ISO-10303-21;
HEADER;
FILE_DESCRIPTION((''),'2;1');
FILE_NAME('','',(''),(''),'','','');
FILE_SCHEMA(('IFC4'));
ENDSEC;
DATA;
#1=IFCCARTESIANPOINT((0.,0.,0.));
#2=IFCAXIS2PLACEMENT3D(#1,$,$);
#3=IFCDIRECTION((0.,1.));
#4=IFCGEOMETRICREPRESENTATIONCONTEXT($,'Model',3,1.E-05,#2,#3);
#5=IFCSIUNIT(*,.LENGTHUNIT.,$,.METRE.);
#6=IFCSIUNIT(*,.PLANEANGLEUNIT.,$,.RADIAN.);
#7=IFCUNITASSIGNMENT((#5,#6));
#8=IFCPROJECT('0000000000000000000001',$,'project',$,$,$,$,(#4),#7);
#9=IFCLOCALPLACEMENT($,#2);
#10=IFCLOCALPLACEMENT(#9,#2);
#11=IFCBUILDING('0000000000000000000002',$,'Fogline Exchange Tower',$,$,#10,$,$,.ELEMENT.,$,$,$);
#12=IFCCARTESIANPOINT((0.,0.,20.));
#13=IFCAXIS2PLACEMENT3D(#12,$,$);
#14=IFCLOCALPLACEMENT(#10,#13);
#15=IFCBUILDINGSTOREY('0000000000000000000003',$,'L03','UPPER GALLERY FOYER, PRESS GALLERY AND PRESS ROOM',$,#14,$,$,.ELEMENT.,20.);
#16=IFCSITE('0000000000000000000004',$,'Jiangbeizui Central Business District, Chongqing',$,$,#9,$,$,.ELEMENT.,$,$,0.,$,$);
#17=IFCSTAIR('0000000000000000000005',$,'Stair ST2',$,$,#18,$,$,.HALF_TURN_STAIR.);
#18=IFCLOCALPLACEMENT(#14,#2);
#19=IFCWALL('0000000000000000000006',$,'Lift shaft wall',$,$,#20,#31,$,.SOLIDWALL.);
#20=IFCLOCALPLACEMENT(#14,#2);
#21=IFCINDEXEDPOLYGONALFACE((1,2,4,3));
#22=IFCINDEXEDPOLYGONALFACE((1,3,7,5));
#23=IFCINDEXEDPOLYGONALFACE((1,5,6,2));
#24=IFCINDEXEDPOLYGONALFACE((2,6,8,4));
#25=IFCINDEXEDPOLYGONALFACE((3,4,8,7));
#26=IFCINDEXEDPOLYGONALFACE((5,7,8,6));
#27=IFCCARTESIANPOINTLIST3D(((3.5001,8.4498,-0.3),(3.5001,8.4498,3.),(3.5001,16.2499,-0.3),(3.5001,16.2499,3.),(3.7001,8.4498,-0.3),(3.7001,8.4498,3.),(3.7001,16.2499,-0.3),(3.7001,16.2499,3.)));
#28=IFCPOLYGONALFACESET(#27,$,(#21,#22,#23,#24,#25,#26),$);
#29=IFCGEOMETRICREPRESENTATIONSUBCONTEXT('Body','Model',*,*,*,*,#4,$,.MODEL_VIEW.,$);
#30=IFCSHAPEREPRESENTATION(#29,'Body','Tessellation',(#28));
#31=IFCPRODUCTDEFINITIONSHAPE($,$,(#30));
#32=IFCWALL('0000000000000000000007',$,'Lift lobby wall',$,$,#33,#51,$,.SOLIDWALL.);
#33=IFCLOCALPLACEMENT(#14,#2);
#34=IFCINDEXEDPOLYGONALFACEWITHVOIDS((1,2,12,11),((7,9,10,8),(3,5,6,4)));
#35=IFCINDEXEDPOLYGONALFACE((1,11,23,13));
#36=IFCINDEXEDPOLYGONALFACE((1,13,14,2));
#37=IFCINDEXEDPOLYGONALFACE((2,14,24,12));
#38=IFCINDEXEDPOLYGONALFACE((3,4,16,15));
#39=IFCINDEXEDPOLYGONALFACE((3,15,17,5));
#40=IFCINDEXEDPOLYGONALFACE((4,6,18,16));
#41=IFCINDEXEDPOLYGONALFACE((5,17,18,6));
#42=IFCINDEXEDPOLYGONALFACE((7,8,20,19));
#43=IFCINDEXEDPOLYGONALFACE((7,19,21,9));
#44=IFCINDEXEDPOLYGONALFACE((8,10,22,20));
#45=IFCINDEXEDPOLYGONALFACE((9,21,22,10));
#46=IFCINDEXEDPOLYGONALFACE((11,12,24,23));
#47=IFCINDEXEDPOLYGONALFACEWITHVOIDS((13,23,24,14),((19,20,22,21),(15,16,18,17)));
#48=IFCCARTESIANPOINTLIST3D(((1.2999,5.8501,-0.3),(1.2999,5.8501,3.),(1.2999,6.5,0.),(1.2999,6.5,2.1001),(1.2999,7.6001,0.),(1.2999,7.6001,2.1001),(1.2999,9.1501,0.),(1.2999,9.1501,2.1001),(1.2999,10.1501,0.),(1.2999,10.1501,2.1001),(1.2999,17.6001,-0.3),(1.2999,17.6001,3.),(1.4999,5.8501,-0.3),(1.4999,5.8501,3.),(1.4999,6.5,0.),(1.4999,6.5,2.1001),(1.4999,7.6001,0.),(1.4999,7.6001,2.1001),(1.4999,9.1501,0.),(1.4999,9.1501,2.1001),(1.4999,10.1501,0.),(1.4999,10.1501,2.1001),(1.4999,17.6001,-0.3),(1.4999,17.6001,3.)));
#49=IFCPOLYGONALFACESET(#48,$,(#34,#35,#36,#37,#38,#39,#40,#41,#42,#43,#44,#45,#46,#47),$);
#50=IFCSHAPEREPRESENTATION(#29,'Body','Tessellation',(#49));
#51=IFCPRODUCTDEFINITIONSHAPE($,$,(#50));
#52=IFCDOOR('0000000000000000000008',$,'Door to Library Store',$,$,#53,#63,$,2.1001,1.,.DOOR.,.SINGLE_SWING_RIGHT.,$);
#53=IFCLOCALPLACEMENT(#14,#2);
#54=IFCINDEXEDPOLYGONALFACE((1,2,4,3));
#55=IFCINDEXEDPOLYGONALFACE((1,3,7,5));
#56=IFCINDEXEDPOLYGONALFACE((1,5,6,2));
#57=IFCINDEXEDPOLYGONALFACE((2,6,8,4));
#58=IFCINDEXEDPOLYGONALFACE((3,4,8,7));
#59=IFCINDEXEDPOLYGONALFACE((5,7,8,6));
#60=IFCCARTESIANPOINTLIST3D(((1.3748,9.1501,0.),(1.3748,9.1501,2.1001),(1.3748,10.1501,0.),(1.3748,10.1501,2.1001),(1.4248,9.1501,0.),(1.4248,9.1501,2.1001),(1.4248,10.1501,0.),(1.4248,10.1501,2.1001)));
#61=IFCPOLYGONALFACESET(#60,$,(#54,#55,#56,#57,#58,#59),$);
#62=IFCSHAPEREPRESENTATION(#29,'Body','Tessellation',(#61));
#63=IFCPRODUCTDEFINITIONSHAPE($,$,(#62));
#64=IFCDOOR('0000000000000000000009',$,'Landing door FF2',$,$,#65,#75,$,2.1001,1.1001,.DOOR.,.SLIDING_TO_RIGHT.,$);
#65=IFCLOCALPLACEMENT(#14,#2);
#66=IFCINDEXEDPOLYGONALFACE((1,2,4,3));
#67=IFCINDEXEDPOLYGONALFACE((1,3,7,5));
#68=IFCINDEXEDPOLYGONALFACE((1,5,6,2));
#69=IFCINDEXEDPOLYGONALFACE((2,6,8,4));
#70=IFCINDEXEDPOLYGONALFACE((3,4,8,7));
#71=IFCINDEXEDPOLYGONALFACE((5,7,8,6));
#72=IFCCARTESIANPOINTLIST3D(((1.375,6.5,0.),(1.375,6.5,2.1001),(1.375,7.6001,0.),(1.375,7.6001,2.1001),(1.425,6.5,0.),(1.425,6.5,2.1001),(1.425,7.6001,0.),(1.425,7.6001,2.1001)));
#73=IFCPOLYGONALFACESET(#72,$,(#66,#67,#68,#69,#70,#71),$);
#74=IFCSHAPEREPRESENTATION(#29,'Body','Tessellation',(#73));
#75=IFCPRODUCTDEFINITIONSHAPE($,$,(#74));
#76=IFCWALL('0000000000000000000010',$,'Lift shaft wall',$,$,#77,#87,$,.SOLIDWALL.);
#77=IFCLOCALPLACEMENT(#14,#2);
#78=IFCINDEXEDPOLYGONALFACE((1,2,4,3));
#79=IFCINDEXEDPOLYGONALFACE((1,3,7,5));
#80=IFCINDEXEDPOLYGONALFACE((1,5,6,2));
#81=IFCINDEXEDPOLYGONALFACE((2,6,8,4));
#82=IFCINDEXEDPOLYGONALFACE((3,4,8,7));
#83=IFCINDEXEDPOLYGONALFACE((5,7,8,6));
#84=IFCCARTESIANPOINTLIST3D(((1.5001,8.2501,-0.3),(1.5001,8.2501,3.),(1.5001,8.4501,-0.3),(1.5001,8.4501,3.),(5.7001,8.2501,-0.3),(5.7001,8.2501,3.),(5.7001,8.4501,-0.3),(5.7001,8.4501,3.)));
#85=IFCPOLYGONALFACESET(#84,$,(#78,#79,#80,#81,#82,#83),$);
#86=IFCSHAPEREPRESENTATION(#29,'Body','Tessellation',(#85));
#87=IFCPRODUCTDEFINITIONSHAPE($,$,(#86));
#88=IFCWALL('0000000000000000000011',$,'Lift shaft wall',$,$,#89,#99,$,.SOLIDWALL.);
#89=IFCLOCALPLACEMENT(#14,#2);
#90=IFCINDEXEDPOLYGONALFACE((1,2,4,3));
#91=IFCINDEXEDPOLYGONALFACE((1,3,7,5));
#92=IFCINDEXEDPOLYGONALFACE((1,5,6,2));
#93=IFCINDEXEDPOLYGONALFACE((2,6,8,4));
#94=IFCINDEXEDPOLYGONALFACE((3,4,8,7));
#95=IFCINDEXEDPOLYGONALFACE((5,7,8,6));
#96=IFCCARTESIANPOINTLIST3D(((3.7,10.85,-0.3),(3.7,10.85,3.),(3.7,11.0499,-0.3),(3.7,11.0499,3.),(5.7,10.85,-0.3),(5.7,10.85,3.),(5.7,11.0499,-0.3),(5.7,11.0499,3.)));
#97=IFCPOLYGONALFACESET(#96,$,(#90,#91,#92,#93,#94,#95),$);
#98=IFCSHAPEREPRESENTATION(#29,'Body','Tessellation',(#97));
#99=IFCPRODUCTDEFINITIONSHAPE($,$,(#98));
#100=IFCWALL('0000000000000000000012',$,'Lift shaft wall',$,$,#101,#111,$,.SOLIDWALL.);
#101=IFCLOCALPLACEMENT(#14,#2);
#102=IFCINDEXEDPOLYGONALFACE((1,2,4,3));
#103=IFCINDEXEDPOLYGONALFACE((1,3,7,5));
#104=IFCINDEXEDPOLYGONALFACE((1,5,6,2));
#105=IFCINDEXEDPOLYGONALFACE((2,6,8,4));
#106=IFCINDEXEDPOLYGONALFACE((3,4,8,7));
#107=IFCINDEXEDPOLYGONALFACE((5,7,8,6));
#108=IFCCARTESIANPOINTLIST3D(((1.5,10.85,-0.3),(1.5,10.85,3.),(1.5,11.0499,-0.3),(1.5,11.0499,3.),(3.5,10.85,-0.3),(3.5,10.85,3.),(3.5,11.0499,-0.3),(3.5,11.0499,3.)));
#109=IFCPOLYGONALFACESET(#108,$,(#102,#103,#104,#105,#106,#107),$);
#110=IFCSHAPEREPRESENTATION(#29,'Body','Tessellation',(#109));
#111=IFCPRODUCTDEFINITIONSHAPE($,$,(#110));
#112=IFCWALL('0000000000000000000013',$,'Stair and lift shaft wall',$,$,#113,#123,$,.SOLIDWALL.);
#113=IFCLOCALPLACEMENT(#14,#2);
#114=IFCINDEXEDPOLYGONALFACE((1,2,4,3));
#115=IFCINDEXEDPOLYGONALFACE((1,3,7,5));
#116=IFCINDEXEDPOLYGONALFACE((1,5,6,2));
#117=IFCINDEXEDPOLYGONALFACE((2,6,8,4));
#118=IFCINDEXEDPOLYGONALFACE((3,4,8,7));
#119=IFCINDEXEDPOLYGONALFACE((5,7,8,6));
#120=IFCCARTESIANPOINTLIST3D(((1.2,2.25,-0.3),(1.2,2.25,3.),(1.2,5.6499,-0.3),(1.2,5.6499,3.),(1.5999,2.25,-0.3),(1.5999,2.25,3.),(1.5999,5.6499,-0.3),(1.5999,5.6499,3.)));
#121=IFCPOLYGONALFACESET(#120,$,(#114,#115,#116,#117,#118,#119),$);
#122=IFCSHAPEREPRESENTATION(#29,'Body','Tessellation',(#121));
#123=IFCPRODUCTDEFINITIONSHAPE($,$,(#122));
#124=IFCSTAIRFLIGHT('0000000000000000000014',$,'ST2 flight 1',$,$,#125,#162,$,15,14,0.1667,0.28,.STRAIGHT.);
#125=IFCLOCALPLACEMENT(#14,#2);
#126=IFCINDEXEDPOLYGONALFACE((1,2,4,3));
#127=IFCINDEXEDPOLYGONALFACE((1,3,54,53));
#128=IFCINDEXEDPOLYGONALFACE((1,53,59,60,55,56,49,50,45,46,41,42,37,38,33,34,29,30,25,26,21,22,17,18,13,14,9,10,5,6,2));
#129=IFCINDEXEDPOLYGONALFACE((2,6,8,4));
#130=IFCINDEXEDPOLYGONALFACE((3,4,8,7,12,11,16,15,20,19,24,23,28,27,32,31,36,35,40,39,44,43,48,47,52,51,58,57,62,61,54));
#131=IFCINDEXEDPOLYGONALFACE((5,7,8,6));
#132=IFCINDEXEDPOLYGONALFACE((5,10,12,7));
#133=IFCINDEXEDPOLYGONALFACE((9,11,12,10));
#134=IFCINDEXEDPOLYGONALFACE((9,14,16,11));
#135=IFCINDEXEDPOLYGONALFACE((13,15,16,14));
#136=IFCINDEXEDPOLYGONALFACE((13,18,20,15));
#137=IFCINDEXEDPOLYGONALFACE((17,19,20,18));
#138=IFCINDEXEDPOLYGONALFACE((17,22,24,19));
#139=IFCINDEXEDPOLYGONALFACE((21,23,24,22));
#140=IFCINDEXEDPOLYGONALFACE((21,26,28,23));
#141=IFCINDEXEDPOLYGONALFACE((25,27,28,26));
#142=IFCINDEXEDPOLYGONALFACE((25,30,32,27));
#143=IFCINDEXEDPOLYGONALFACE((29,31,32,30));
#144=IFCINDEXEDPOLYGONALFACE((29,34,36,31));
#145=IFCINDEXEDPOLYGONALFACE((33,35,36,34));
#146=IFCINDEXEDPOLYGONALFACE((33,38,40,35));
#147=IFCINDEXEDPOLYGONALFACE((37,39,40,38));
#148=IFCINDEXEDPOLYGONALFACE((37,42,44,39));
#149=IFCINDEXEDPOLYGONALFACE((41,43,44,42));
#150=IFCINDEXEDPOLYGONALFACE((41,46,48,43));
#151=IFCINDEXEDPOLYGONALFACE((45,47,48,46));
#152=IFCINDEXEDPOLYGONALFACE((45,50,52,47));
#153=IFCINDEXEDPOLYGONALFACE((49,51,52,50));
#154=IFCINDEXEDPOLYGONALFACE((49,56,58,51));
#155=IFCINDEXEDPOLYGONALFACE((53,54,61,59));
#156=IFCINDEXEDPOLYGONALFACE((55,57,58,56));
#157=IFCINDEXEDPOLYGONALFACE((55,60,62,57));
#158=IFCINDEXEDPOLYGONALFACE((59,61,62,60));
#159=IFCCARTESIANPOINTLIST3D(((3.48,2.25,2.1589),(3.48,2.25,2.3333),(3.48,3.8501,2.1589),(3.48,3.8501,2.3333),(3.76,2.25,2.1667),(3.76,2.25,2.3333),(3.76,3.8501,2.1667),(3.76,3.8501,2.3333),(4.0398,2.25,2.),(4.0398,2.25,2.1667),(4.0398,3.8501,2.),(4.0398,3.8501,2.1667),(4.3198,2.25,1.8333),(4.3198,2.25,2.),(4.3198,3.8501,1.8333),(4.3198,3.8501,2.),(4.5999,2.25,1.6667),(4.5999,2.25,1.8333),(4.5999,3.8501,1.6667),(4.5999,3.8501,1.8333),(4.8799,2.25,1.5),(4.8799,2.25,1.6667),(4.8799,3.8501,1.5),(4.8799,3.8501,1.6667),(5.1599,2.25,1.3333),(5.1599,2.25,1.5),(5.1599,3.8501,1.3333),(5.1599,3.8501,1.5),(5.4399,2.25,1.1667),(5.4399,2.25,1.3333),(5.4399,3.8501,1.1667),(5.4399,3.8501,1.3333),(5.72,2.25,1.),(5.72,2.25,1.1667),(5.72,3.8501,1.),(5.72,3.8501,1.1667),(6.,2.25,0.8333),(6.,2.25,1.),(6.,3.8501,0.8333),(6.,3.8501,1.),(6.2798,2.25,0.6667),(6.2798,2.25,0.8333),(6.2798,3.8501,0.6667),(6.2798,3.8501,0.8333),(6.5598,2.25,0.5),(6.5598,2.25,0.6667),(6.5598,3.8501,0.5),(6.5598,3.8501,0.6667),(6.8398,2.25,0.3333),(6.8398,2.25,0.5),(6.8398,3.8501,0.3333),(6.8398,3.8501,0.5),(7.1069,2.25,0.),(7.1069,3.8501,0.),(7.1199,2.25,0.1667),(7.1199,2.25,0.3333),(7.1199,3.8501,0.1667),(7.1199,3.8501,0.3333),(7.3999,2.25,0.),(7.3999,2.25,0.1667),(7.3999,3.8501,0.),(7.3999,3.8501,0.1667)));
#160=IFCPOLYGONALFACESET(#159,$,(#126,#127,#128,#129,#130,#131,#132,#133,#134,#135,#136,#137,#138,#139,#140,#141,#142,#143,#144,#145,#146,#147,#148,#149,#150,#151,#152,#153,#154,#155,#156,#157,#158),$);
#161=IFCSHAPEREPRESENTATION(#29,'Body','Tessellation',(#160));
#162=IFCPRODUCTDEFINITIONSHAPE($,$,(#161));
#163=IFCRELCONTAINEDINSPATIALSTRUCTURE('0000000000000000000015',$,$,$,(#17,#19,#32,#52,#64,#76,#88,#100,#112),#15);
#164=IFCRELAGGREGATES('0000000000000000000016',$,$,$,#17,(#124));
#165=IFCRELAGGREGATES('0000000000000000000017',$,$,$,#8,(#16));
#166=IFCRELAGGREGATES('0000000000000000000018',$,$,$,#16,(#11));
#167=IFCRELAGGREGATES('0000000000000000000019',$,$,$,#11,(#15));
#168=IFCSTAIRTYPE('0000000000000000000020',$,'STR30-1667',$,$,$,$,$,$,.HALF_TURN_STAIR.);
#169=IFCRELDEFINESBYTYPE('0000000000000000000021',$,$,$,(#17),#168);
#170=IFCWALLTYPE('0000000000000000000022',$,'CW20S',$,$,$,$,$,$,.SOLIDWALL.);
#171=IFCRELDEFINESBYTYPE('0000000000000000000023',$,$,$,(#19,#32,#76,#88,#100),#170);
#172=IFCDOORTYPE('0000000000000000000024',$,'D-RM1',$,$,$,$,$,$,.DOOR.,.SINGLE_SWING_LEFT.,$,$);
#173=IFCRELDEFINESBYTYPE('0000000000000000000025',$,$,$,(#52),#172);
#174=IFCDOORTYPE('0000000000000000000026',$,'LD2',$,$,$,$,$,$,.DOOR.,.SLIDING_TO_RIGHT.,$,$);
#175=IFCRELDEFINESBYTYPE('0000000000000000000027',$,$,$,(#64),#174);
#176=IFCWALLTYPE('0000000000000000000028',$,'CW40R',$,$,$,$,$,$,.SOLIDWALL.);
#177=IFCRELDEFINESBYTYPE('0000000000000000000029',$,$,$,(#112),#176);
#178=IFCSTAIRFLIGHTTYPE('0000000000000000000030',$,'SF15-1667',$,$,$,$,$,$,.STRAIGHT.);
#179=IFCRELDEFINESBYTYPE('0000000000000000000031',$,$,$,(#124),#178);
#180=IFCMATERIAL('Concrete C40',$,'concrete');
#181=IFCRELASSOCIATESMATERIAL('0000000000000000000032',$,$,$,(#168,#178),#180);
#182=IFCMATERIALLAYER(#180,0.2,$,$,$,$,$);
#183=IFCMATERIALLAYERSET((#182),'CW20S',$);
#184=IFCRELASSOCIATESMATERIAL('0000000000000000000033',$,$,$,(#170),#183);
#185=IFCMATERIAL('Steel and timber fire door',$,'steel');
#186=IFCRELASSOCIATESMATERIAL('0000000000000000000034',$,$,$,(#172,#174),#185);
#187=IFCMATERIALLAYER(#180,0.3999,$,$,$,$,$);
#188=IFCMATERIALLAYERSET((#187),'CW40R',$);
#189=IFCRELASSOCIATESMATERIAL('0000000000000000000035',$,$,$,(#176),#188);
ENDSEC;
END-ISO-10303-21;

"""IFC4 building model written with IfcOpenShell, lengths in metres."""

from ifc_helpers import new_model, si_unit, direction, frame, frame_2d, origin, place, context, subcontext, project, spatial, polyline, rectangle, outline, extrude, material, layer, layer_set, type_object, element, fill, aggregate, save


model = new_model("IFC4")

# Units and contexts
model_context = context("Model", 3, precision=1e-05, world=origin(), true_north=direction((0.0, 1.0)))
body_context = subcontext(model_context, "Body", "Model", "MODEL_VIEW")
ifc_project = project(units=[si_unit("LENGTHUNIT", "METRE"), si_unit("PLANEANGLEUNIT", "RADIAN")], contexts=[model_context])

# Site, building, storey
site_placement = place(None, origin())
site = spatial("IfcSite", under=ifc_project, at=site_placement, Name="Jiangbeizui Central Business District, Chongqing", CompositionType="ELEMENT", RefElevation=0.0)
building_placement = place(site_placement, origin())
building = spatial("IfcBuilding", under=site, at=building_placement, Name="Fogline Exchange Tower", CompositionType="ELEMENT")
storey_placement = place(building_placement, frame((0.0, 0.0, 20.0)))
storey = spatial("IfcBuildingStorey", under=building, at=storey_placement, Name="L03", Description="UPPER GALLERY FOYER, PRESS GALLERY AND PRESS ROOM", CompositionType="ELEMENT", Elevation=20.0)

# Shared definitions
ifc_material_1 = material(Name="Concrete C40", Category="concrete")

# Stair
stair_type = type_object("IfcStairType", Name="STR30-1667", PredefinedType="HALF_TURN_STAIR", material=ifc_material_1)
stair_1_placement = place(storey_placement, origin())
stair_1 = element("IfcStair", 1, at=stair_1_placement, inside=storey, type_object=stair_type, Name="Stair ST2", PredefinedType="HALF_TURN_STAIR")

# Shared definitions
ifc_material_2 = material(Name="Steel and timber fire door", Category="steel")

# Shared definitions
ifc_layer_1 = layer(ifc_material_1, 0.2)
ifc_layer_set_1 = layer_set([ifc_layer_1], Name="CW20S")
wall_type_1 = type_object("IfcWallType", Name="CW20S", PredefinedType="SOLIDWALL", material=ifc_layer_set_1)
door_type_1 = type_object("IfcDoorType", Name="D-RM1", OperationType="SINGLE_SWING_LEFT", PredefinedType="DOOR", material=ifc_material_2)

# Wall
wall_1_placement = place(storey_placement, frame((3.6001, 8.45, -0.3), z_axis=(0.0, 0.0, 1.0), x_axis=(0.0, 1.0, 0.0)))
element("IfcWall", 2, at=wall_1_placement, inside=storey, type_object=wall_type_1, Name="Lift shaft wall", PredefinedType="SOLIDWALL", context=body_context, shape_type="SweptSolid", body=[
    extrude(rectangle(XDim=7.8, YDim=0.2, at=frame_2d((3.8999, 0.0))), origin(), (0.0, 0.0, 1.0), 3.3),
])

# Wall, openings, doors
wall_2_placement = place(storey_placement, frame((1.3999, 5.8501, -0.3), z_axis=(0.0, 0.0, 1.0), x_axis=(0.0, 1.0, 0.0)))
wall_2 = element("IfcWall", 3, at=wall_2_placement, inside=storey, type_object=wall_type_1, Name="Lift lobby wall", PredefinedType="SOLIDWALL", context=body_context, shape_type="SweptSolid", body=[
    extrude(rectangle(XDim=11.75, YDim=0.2, at=frame_2d((5.875, 0.0))), origin(), (0.0, 0.0, 1.0), 3.3),
])
opening_1_placement = place(wall_2_placement, frame((0.6499, 0.0, 0.3)))
opening_1 = element("IfcOpeningElement", 4, at=opening_1_placement, cuts=wall_2, PredefinedType="OPENING", context=body_context, shape_type="SweptSolid", body=[
    extrude(rectangle(XDim=1.1001, YDim=2.1001, at=frame_2d((0.55, 1.05))), frame((0.0, 0.1099, 0.0), z_axis=(0.0, -1.0, 0.0), x_axis=(1.0, 0.0, 0.0)), (0.0, 0.0, 1.0), 0.22),
])
opening_2_placement = place(wall_2_placement, frame((3.3, 0.0, 0.3)))
opening_2 = element("IfcOpeningElement", 5, at=opening_2_placement, cuts=wall_2, PredefinedType="OPENING", context=body_context, shape_type="SweptSolid", body=[
    extrude(rectangle(XDim=1.0, YDim=2.1001, at=frame_2d((0.5, 1.05))), frame((0.0, 0.1099, 0.0), z_axis=(0.0, -1.0, 0.0), x_axis=(1.0, 0.0, 0.0)), (0.0, 0.0, 1.0), 0.22),
])
door_1_placement = place(opening_2_placement, frame((1.0, 0.0, 0.0), z_axis=(0.0, 0.0, 1.0), x_axis=(-1.0, 0.0, 0.0)))
door_1 = element("IfcDoor", 6, at=door_1_placement, inside=storey, type_object=door_type_1, Name="Door to Library Store", OperationType="SINGLE_SWING_RIGHT", OverallHeight=2.1001, OverallWidth=1.0, PredefinedType="DOOR", context=body_context, shape_type="SweptSolid", body=[
    extrude(rectangle(XDim=1.0, YDim=2.1001, at=frame_2d((0.5, 1.05))), frame((0.0, 0.0249, 0.0), z_axis=(0.0, -1.0, 0.0), x_axis=(1.0, 0.0, 0.0)), (0.0, 0.0, 1.0), 0.05),
])
fill(opening_2, door_1)
door_type_2 = type_object("IfcDoorType", Name="LD2", OperationType="SLIDING_TO_RIGHT", PredefinedType="DOOR", material=ifc_material_2)
door_2_placement = place(opening_1_placement, origin())
door_2 = element("IfcDoor", 7, at=door_2_placement, inside=storey, type_object=door_type_2, Name="Landing door FF2", OperationType="SLIDING_TO_RIGHT", OverallHeight=2.1001, OverallWidth=1.1001, PredefinedType="DOOR", context=body_context, shape_type="SweptSolid", body=[
    extrude(rectangle(XDim=1.1001, YDim=2.1001, at=frame_2d((0.55, 1.05))), frame((0.0, 0.0249, 0.0), z_axis=(0.0, -1.0, 0.0), x_axis=(1.0, 0.0, 0.0)), (0.0, 0.0, 1.0), 0.05),
])
fill(opening_1, door_2)

# Walls
wall_3_placement = place(storey_placement, frame((1.5, 8.3501, -0.3), z_axis=(0.0, 0.0, 1.0), x_axis=(1.0, 0.0, 0.0)))
element("IfcWall", 8, at=wall_3_placement, inside=storey, type_object=wall_type_1, Name="Lift shaft wall", PredefinedType="SOLIDWALL", context=body_context, shape_type="SweptSolid", body=[
    extrude(rectangle(XDim=4.2, YDim=0.2, at=frame_2d((2.1001, 0.0))), origin(), (0.0, 0.0, 1.0), 3.3),
])
for number, where, z_axis, x_axis, name in (
    (9, (3.7, 10.95, -0.3), (0.0, 0.0, 1.0), (1.0, 0.0, 0.0), "Lift shaft wall"),
    (10, (1.5, 10.95, -0.3), (0.0, 0.0, 1.0), (1.0, 0.0, 0.0), "Lift shaft wall"),
):
    element("IfcWall", number, at=place(storey_placement, frame(where, z_axis=z_axis, x_axis=x_axis)), inside=storey, type_object=wall_type_1, Name=name, PredefinedType="SOLIDWALL", context=body_context, shape_type="SweptSolid", body=[
        extrude(rectangle(XDim=2.0, YDim=0.2, at=frame_2d((1.0, 0.0))), origin(), (0.0, 0.0, 1.0), 3.3),
    ])
ifc_layer_2 = layer(ifc_material_1, 0.3999)
ifc_layer_set_2 = layer_set([ifc_layer_2], Name="CW40R")
wall_type_2 = type_object("IfcWallType", Name="CW40R", PredefinedType="SOLIDWALL", material=ifc_layer_set_2)
wall_4_placement = place(storey_placement, frame((1.3999, 2.25, -0.3), z_axis=(0.0, 0.0, 1.0), x_axis=(0.0, 1.0, 0.0)))
element("IfcWall", 11, at=wall_4_placement, inside=storey, type_object=wall_type_2, Name="Stair and lift shaft wall", PredefinedType="SOLIDWALL", context=body_context, shape_type="SweptSolid", body=[
    extrude(rectangle(XDim=3.3999, YDim=0.3999, at=frame_2d((1.7, 0.0))), origin(), (0.0, 0.0, 1.0), 3.3),
])

# Stair flight
stair_flight_type = type_object("IfcStairFlightType", Name="SF15-1667", PredefinedType="STRAIGHT", material=ifc_material_1)
stair_flight_1_placement = place(storey_placement, frame((7.3999, 3.05, 0.0), z_axis=(0.0, 0.0, 1.0), x_axis=(-1.0, 0.0, 0.0)))
stair_flight_1 = element("IfcStairFlight", 12, at=stair_flight_1_placement, type_object=stair_flight_type, Name="ST2 flight 1", NumberOfRisers=15, NumberOfTreads=14, PredefinedType="STRAIGHT", RiserHeight=0.1667, TreadLength=0.28, context=body_context, shape_type="SweptSolid", body=[
    extrude(outline(polyline([(0.0, 0.0), (0.0, 0.1667), (0.28, 0.1667), (0.28, 0.3333), (0.5601, 0.3333), (0.5601, 0.5), (0.8401, 0.5), (0.8401, 0.6667), (1.1201, 0.6667), (1.1201, 0.8333), (1.3999, 0.8333), (1.3999, 1.0), (1.6799, 1.0), (1.6799, 1.1667), (1.96, 1.1667), (1.96, 1.3333), (2.24, 1.3333), (2.24, 1.5), (2.52, 1.5), (2.52, 1.6667), (2.8, 1.6667), (2.8, 1.8333), (3.0801, 1.8333), (3.0801, 2.0), (3.3601, 2.0), (3.3601, 2.1667), (3.6399, 2.1667), (3.6399, 2.3333), (3.9199, 2.3333), (3.9199, 2.5), (3.9199, 2.1589), (0.293, 0.0), (0.0, 0.0)])), frame((0.0, 0.8, 0.0), z_axis=(0.0, -1.0, 0.0), x_axis=(1.0, 0.0, 0.0)), (0.0, 0.0, 1.0), 1.6001),
])
aggregate(stair_1, [stair_flight_1])

save(model, "model.ifc")
